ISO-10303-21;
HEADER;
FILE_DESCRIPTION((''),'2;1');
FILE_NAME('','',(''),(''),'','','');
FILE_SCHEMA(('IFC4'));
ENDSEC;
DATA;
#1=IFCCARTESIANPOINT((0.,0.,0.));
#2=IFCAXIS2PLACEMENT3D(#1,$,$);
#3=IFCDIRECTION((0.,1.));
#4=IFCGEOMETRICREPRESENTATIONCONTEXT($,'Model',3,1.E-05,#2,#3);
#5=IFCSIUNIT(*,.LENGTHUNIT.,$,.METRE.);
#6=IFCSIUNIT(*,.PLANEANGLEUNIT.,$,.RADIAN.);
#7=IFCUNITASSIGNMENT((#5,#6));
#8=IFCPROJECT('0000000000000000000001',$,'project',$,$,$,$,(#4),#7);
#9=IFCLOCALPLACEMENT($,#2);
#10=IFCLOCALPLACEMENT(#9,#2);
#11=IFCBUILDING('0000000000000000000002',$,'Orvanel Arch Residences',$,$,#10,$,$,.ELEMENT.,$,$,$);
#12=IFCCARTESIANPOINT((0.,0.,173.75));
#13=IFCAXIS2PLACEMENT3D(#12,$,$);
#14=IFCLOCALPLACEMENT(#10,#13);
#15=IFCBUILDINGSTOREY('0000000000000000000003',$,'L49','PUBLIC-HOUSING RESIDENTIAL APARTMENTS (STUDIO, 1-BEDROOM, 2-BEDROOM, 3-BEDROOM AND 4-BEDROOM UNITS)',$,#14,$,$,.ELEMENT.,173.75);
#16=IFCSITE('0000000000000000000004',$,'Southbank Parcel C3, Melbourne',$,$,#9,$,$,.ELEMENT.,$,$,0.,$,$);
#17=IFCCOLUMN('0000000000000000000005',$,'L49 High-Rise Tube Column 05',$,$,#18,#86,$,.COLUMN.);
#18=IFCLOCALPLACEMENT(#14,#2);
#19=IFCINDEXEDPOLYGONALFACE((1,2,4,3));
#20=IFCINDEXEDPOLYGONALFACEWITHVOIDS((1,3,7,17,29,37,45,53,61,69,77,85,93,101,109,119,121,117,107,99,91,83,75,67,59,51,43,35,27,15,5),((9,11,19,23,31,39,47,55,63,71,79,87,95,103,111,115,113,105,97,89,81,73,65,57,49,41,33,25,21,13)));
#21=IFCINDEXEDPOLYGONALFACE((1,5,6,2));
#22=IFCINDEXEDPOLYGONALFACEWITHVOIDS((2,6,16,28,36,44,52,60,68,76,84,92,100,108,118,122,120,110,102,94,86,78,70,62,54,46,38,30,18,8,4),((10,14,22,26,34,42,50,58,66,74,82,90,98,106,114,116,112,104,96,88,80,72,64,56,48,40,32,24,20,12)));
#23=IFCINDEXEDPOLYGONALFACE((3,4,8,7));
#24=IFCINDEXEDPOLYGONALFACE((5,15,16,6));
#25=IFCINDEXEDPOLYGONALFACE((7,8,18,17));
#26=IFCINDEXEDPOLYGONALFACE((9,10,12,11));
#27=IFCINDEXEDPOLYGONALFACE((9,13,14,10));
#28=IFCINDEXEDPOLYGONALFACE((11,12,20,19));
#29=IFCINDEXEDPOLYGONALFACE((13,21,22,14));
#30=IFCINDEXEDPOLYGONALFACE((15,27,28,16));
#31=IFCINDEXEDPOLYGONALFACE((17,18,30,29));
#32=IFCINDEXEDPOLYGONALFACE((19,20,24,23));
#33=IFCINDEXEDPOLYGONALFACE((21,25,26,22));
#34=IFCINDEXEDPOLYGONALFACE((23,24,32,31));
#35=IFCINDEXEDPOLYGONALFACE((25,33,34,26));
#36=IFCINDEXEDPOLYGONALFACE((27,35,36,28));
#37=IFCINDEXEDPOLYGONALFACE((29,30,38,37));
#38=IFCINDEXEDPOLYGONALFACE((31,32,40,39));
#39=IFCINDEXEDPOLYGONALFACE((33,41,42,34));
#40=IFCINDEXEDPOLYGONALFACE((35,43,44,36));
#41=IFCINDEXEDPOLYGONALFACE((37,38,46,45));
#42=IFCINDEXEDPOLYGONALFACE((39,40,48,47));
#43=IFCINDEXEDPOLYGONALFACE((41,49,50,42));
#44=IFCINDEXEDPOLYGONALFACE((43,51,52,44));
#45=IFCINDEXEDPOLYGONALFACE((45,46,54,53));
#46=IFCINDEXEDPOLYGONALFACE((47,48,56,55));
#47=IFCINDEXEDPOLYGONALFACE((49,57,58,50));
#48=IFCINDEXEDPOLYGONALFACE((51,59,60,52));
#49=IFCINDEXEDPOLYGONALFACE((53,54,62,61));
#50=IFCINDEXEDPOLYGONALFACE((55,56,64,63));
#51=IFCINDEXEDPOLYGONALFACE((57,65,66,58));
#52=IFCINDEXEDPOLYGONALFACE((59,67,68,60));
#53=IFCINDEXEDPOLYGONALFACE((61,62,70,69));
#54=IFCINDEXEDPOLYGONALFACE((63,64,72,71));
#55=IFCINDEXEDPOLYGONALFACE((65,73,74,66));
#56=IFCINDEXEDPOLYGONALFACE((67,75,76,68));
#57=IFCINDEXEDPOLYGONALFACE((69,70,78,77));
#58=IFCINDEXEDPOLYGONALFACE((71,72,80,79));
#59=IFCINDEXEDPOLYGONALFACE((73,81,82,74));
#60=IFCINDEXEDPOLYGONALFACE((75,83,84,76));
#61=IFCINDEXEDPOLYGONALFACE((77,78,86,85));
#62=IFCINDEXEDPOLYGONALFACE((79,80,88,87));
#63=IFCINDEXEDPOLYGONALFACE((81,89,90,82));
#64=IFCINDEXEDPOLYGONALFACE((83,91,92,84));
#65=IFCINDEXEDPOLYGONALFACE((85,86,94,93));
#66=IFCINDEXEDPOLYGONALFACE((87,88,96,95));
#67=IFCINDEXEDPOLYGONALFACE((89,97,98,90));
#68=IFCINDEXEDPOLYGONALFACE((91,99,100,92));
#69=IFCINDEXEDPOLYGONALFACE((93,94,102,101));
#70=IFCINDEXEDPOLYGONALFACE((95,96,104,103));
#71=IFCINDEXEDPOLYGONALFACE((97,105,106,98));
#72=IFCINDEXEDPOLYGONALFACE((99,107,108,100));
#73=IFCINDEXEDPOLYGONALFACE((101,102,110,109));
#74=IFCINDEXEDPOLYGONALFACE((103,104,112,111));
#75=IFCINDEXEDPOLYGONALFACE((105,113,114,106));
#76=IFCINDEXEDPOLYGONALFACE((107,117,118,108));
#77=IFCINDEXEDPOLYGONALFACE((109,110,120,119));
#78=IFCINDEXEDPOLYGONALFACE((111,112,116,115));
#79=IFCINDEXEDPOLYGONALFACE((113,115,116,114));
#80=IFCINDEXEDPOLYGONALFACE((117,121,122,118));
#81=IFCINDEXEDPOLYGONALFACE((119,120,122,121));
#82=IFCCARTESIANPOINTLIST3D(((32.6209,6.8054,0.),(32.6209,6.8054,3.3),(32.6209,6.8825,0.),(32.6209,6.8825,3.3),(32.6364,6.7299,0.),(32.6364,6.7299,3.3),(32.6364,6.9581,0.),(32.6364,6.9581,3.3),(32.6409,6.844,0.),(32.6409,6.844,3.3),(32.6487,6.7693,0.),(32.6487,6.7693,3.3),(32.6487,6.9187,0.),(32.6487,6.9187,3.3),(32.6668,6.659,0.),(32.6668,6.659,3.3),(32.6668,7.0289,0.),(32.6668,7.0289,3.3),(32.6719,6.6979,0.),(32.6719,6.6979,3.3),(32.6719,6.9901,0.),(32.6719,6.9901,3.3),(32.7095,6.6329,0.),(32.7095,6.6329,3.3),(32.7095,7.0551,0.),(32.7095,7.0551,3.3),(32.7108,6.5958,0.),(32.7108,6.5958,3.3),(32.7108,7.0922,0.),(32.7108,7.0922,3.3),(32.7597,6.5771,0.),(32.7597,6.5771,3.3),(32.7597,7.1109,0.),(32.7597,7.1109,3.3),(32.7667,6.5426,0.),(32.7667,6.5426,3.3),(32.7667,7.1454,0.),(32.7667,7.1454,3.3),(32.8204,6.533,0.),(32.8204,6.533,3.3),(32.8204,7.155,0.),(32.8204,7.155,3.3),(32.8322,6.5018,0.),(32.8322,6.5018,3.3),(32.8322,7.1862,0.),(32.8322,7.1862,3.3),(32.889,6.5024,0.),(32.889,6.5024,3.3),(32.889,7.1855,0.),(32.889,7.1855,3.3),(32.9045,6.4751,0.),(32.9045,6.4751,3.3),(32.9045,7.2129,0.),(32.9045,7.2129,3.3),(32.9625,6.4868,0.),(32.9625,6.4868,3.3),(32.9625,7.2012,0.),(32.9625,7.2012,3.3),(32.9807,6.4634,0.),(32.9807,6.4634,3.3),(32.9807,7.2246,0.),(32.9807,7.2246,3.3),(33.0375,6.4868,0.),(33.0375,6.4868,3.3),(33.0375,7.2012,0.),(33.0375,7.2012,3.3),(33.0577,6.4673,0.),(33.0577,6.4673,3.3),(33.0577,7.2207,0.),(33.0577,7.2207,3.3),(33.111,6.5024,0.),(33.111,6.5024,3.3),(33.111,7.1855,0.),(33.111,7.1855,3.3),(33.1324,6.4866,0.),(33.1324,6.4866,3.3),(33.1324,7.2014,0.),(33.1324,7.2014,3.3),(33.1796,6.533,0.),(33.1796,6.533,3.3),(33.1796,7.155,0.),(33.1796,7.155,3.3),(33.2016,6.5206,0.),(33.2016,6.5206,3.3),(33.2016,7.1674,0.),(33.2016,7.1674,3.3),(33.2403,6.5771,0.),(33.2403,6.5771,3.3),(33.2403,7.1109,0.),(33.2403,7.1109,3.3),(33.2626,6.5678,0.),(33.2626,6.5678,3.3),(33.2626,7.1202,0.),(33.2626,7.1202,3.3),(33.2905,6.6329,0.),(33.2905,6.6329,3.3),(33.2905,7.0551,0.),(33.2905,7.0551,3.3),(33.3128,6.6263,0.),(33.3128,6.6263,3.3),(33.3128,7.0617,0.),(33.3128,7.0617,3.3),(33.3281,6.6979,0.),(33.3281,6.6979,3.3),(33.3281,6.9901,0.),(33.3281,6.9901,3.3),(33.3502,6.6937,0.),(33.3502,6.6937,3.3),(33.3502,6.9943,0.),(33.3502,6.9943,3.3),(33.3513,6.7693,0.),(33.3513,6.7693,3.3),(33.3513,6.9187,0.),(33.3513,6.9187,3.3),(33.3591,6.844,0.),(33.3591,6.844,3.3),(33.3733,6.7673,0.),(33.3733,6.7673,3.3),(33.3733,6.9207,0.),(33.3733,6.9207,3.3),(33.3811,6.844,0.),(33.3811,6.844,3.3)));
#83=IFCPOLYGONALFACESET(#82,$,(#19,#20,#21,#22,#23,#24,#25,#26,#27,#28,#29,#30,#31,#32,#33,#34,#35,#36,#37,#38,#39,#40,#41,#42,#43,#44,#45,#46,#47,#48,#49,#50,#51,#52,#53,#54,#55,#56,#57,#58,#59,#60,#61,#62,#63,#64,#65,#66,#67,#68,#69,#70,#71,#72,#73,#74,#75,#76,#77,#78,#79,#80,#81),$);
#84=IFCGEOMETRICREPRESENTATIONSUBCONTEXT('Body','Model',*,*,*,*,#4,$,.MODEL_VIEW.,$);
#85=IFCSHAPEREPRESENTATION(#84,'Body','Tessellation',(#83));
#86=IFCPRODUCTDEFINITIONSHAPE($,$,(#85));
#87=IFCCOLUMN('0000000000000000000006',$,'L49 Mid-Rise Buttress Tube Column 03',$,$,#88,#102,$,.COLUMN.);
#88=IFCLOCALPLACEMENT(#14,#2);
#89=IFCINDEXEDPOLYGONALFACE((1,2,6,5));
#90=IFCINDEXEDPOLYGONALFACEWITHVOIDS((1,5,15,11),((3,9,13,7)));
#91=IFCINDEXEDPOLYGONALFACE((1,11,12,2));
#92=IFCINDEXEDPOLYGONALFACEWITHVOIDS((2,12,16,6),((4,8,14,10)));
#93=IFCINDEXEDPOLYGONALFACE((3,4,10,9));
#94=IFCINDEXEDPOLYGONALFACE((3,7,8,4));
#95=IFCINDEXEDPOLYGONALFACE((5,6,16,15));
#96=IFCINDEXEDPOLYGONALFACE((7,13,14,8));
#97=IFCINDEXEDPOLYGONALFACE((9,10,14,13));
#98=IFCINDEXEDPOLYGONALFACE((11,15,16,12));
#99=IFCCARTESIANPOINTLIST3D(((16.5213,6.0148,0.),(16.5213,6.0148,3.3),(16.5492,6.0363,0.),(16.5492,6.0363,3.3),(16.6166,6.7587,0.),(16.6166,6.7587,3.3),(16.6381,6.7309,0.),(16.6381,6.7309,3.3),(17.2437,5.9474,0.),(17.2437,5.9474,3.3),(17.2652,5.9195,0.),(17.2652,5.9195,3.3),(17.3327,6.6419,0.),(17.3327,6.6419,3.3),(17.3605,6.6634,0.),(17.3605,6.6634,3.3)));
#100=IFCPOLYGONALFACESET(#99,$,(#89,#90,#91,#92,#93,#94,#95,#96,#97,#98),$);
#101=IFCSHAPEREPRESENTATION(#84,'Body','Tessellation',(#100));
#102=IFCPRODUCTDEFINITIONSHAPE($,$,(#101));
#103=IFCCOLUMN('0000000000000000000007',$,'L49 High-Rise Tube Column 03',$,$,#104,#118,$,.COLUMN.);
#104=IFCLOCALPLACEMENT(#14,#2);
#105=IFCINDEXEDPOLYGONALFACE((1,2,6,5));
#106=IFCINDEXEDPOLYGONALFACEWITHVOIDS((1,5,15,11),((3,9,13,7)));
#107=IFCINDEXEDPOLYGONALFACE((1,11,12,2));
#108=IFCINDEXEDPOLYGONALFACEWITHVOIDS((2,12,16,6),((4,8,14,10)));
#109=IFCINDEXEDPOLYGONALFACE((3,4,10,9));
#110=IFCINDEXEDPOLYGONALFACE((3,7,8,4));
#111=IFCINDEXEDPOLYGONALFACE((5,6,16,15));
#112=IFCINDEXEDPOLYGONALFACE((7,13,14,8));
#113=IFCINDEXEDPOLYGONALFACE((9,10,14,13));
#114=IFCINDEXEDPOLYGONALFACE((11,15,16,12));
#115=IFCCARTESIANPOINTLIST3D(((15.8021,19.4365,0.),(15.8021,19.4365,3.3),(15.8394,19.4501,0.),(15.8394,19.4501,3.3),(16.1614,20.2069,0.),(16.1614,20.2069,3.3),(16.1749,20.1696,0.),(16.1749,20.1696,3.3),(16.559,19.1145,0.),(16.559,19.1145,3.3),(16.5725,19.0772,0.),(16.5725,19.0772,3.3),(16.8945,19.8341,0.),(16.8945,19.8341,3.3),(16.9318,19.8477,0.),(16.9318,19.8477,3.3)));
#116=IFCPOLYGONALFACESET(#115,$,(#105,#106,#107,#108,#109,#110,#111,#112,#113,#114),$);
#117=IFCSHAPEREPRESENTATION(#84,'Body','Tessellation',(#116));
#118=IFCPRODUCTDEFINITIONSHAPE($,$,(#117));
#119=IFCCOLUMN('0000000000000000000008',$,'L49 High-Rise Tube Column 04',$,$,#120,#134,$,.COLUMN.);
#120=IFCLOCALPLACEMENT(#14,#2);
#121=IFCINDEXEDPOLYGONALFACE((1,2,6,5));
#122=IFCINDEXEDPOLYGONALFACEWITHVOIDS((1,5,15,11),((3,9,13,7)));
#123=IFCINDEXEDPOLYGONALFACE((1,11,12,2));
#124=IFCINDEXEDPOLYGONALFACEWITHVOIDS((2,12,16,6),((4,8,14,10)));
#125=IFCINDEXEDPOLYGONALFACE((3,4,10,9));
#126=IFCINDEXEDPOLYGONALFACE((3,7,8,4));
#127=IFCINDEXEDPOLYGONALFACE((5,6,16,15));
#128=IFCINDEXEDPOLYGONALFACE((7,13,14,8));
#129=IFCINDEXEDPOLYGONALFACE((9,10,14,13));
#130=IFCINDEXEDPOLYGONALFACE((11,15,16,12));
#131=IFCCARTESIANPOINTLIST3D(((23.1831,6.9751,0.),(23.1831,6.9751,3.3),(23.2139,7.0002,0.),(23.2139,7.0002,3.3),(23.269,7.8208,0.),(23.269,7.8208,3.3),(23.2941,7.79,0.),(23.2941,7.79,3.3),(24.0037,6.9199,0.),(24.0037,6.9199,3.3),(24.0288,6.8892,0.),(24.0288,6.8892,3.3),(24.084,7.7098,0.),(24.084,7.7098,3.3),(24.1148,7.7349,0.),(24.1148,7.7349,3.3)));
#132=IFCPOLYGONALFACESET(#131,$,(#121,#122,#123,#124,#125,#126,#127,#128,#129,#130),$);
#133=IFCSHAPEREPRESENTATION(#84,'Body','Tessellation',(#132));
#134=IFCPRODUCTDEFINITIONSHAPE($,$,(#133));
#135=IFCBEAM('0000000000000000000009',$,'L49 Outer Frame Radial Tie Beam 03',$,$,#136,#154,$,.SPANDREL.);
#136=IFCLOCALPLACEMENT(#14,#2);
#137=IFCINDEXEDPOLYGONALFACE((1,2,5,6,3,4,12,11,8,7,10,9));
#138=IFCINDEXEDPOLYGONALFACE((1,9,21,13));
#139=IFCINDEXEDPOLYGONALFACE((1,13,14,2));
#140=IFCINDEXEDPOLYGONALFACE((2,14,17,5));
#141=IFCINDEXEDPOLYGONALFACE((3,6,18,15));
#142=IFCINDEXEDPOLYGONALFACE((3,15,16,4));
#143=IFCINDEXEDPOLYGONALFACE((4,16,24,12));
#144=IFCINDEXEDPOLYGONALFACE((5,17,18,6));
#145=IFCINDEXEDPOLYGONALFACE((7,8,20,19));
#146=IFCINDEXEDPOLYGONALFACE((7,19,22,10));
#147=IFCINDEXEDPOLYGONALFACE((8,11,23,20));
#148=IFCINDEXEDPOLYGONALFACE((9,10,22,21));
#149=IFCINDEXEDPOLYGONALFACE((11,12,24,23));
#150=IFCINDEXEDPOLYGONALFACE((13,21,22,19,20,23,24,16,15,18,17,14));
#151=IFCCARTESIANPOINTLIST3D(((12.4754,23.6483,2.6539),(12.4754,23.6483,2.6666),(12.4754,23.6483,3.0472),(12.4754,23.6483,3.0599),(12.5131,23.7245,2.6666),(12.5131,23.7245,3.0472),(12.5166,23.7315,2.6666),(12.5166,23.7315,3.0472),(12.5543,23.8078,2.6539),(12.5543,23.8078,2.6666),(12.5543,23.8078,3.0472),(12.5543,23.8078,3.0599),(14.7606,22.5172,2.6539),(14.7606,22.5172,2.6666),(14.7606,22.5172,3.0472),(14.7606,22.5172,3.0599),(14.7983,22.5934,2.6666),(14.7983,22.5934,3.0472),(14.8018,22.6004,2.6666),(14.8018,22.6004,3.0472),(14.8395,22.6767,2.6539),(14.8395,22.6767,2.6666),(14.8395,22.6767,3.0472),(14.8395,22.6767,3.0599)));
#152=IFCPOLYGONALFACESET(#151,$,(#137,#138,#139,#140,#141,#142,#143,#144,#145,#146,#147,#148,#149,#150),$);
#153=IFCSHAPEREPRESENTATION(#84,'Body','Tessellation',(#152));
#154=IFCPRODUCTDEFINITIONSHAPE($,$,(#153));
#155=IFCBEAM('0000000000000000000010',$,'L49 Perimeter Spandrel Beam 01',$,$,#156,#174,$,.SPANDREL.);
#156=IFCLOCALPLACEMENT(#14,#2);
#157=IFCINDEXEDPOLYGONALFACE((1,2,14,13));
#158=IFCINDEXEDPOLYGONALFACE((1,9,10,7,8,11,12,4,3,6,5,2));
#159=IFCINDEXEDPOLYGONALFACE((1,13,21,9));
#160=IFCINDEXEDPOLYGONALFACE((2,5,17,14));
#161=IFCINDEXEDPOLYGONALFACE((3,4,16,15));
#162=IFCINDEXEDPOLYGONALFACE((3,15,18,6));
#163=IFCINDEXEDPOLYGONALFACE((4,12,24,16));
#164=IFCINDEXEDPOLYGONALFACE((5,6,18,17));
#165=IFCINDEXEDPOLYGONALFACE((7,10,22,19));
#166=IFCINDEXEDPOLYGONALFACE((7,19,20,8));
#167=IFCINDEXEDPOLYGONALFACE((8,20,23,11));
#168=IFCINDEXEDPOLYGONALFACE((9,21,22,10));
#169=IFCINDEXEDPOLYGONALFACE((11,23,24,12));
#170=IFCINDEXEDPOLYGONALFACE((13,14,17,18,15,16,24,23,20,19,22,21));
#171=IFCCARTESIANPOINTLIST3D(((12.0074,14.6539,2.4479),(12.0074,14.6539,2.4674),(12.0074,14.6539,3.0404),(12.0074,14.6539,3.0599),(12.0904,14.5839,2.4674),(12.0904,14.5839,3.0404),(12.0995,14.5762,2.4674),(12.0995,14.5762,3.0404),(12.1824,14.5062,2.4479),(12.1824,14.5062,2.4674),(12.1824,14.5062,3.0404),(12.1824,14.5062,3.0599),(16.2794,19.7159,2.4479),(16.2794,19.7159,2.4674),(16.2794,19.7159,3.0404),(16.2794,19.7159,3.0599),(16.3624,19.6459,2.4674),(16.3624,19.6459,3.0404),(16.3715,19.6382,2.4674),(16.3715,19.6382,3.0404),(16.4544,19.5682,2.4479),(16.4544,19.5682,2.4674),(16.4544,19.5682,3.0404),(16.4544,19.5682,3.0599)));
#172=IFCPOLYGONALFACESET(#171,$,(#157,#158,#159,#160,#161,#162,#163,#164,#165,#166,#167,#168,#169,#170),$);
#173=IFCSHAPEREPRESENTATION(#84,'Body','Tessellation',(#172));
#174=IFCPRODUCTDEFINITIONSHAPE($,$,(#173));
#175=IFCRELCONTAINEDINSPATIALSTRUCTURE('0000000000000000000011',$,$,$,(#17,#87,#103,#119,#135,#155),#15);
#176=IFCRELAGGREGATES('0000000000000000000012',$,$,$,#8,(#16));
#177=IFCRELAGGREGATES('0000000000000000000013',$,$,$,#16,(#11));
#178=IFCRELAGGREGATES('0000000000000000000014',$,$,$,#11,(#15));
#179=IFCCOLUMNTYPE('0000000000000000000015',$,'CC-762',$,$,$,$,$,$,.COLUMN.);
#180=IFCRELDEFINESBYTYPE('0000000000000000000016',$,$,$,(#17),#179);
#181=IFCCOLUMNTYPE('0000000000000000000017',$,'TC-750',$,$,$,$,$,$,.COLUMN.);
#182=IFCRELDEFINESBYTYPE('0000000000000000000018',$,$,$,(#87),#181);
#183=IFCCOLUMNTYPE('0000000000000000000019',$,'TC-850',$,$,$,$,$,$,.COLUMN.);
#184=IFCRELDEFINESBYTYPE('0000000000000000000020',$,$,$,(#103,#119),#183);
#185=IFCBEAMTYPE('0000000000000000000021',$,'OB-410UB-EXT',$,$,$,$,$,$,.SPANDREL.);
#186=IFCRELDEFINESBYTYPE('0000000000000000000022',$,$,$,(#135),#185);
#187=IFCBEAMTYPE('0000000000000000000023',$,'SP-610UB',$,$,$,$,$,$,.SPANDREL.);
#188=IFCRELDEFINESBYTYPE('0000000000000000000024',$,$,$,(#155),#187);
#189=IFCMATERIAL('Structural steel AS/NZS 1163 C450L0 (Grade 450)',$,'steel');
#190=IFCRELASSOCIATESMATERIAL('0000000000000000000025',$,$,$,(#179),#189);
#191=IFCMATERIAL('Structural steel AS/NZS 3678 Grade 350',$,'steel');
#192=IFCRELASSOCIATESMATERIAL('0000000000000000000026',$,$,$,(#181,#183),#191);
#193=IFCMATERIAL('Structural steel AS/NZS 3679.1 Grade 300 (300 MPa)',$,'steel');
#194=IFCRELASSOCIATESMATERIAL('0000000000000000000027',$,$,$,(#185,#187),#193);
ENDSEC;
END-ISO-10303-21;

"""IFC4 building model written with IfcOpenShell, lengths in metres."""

from ifc_helpers import new_model, si_unit, direction, frame, origin, origin_2d, place, context, subcontext, project, spatial, hollow_rectangle, hollow_circle, i_section, extrude, material, material_profile, profile_set, type_object, element, save


model = new_model("IFC4")

# Units and contexts
model_context = context("Model", 3, precision=1e-05, world=origin(), true_north=direction((0.0, 1.0)))
body_context = subcontext(model_context, "Body", "Model", "MODEL_VIEW")
ifc_project = project(units=[si_unit("LENGTHUNIT", "METRE"), si_unit("PLANEANGLEUNIT", "RADIAN")], contexts=[model_context])

# Site, building, storey
site_placement = place(None, origin())
site = spatial("IfcSite", under=ifc_project, at=site_placement, Name="Southbank Parcel C3, Melbourne", CompositionType="ELEMENT", RefElevation=0.0)
building_placement = place(site_placement, origin())
building = spatial("IfcBuilding", under=site, at=building_placement, Name="Orvanel Arch Residences", CompositionType="ELEMENT")
storey_placement = place(building_placement, frame((0.0, 0.0, 173.75)))
storey = spatial("IfcBuildingStorey", under=building, at=storey_placement, Name="L49", Description="PUBLIC-HOUSING RESIDENTIAL APARTMENTS (STUDIO, 1-BEDROOM, 2-BEDROOM, 3-BEDROOM AND 4-BEDROOM UNITS)", CompositionType="ELEMENT", Elevation=173.75)

# Columns
ifc_material_1 = material(Name="Structural steel AS/NZS 1163 C450L0 (Grade 450)", Category="steel")
ifc_material_profile_1 = material_profile(ifc_material_1, hollow_circle(Radius=0.3811, WallThickness=0.022, at=origin_2d()), Name="CHS762x22")
ifc_profile_set_1 = profile_set([ifc_material_profile_1], Name="Structural steel AS/NZS 1163 C450L0 (Grade 450)")
column_type_1 = type_object("IfcColumnType", Name="CC-762", PredefinedType="COLUMN", material=ifc_profile_set_1)
column_1_placement = place(storey_placement, frame((33.0, 6.844, 0.0), z_axis=(0.0, 0.0, 1.0), x_axis=(1.0, 0.0, 0.0)))
element("IfcColumn", 1, at=column_1_placement, inside=storey, type_object=column_type_1, Name="L49 High-Rise Tube Column 05", PredefinedType="COLUMN", context=body_context, shape_type="SweptSolid", body=[
    extrude(hollow_circle(Radius=0.3811, WallThickness=0.022, at=origin_2d()), origin(), (0.0, 0.0, 1.0), 3.3),
])
ifc_material_2 = material(Name="Structural steel AS/NZS 3678 Grade 350", Category="steel")
ifc_material_profile_2 = material_profile(ifc_material_2, hollow_rectangle(XDim=0.75, YDim=0.75, WallThickness=0.0249, at=origin_2d()), Name="BOX750x750x25")
ifc_profile_set_2 = profile_set([ifc_material_profile_2], Name="Structural steel AS/NZS 3678 Grade 350")
column_type_2 = type_object("IfcColumnType", Name="TC-750", PredefinedType="COLUMN", material=ifc_profile_set_2)
column_2_placement = place(storey_placement, frame((16.9409, 6.3391, 0.0), z_axis=(0.0, 0.0, 1.0), x_axis=(-0.991894, 0.127065, 0.0)))
element("IfcColumn", 2, at=column_2_placement, inside=storey, type_object=column_type_2, Name="L49 Mid-Rise Buttress Tube Column 03", PredefinedType="COLUMN", context=body_context, shape_type="SweptSolid", body=[
    extrude(hollow_rectangle(XDim=0.75, YDim=0.75, WallThickness=0.0249, at=origin_2d()), origin(), (0.0, 0.0, 1.0), 3.3),
])
ifc_material_profile_3 = material_profile(ifc_material_2, hollow_rectangle(XDim=0.8501, YDim=0.8501, WallThickness=0.0281, at=origin_2d()), Name="BOX850x850x28")
ifc_profile_set_3 = profile_set([ifc_material_profile_3], Name="Structural steel AS/NZS 3678 Grade 350")
column_type_3 = type_object("IfcColumnType", Name="TC-850", PredefinedType="COLUMN", material=ifc_profile_set_3)
for number, where, z_axis, x_axis, name in (
    (3, (16.3669, 19.6421, 0.0), (0.0, 0.0, 1.0), (0.422618, 0.906308, 0.0), "L49 High-Rise Tube Column 03"),
    (4, (23.6489, 7.355, 0.0), (0.0, 0.0, 1.0), (-0.994881, 0.101056, 0.0), "L49 High-Rise Tube Column 04"),
):
    element("IfcColumn", number, at=place(storey_placement, frame(where, z_axis=z_axis, x_axis=x_axis)), inside=storey, type_object=column_type_3, Name=name, PredefinedType="COLUMN", context=body_context, shape_type="SweptSolid", body=[
        extrude(hollow_rectangle(XDim=0.8501, YDim=0.8501, WallThickness=0.0281, at=origin_2d()), origin(), (0.0, 0.0, 1.0), 3.3),
    ])

# Beams
ifc_material_3 = material(Name="Structural steel AS/NZS 3679.1 Grade 300 (300 MPa)", Category="steel")
ifc_material_profile_4 = material_profile(ifc_material_3, i_section(OverallWidth=0.178, OverallDepth=0.406, WebThickness=0.0078, FlangeThickness=0.0127, at=origin_2d()), Name="410UB59.7")
ifc_profile_set_4 = profile_set([ifc_material_profile_4], Name="Structural steel AS/NZS 3679.1 Grade 300 (300 MPa)")
beam_type_1 = type_object("IfcBeamType", Name="OB-410UB-EXT", PredefinedType="SPANDREL", material=ifc_profile_set_4)
beam_1_placement = place(storey_placement, frame((14.8, 22.5969, 2.8569), z_axis=(-0.89622, 0.44361, 0.0), x_axis=(-0.44361, -0.89622, 0.0)))
element("IfcBeam", 5, at=beam_1_placement, inside=storey, type_object=beam_type_1, Name="L49 Outer Frame Radial Tie Beam 03", PredefinedType="SPANDREL", context=body_context, shape_type="SweptSolid", body=[
    extrude(i_section(OverallWidth=0.178, OverallDepth=0.406, WebThickness=0.0078, FlangeThickness=0.0127, at=origin_2d()), origin(), (0.0, 0.0, 1.0), 2.5498),
])
ifc_material_profile_5 = material_profile(ifc_material_3, i_section(OverallWidth=0.229, OverallDepth=0.6121, WebThickness=0.012, FlangeThickness=0.0195, at=origin_2d()), Name="610UB125")
ifc_profile_set_5 = profile_set([ifc_material_profile_5], Name="Structural steel AS/NZS 3679.1 Grade 300 (300 MPa)")
beam_type_2 = type_object("IfcBeamType", Name="SP-610UB", PredefinedType="SPANDREL", material=ifc_profile_set_5)
beam_2_placement = place(storey_placement, frame((16.3669, 19.6421, 2.7539), z_axis=(-0.64495, -0.764224, 0.0), x_axis=(0.764224, -0.64495, 0.0)))
element("IfcBeam", 6, at=beam_2_placement, inside=storey, type_object=beam_type_2, Name="L49 Perimeter Spandrel Beam 01", PredefinedType="SPANDREL", context=body_context, shape_type="SweptSolid", body=[
    extrude(i_section(OverallWidth=0.229, OverallDepth=0.6121, WebThickness=0.012, FlangeThickness=0.0195, at=origin_2d()), origin(), (0.0, 0.0, 1.0), 6.6238),
])

save(model, "model.ifc")
